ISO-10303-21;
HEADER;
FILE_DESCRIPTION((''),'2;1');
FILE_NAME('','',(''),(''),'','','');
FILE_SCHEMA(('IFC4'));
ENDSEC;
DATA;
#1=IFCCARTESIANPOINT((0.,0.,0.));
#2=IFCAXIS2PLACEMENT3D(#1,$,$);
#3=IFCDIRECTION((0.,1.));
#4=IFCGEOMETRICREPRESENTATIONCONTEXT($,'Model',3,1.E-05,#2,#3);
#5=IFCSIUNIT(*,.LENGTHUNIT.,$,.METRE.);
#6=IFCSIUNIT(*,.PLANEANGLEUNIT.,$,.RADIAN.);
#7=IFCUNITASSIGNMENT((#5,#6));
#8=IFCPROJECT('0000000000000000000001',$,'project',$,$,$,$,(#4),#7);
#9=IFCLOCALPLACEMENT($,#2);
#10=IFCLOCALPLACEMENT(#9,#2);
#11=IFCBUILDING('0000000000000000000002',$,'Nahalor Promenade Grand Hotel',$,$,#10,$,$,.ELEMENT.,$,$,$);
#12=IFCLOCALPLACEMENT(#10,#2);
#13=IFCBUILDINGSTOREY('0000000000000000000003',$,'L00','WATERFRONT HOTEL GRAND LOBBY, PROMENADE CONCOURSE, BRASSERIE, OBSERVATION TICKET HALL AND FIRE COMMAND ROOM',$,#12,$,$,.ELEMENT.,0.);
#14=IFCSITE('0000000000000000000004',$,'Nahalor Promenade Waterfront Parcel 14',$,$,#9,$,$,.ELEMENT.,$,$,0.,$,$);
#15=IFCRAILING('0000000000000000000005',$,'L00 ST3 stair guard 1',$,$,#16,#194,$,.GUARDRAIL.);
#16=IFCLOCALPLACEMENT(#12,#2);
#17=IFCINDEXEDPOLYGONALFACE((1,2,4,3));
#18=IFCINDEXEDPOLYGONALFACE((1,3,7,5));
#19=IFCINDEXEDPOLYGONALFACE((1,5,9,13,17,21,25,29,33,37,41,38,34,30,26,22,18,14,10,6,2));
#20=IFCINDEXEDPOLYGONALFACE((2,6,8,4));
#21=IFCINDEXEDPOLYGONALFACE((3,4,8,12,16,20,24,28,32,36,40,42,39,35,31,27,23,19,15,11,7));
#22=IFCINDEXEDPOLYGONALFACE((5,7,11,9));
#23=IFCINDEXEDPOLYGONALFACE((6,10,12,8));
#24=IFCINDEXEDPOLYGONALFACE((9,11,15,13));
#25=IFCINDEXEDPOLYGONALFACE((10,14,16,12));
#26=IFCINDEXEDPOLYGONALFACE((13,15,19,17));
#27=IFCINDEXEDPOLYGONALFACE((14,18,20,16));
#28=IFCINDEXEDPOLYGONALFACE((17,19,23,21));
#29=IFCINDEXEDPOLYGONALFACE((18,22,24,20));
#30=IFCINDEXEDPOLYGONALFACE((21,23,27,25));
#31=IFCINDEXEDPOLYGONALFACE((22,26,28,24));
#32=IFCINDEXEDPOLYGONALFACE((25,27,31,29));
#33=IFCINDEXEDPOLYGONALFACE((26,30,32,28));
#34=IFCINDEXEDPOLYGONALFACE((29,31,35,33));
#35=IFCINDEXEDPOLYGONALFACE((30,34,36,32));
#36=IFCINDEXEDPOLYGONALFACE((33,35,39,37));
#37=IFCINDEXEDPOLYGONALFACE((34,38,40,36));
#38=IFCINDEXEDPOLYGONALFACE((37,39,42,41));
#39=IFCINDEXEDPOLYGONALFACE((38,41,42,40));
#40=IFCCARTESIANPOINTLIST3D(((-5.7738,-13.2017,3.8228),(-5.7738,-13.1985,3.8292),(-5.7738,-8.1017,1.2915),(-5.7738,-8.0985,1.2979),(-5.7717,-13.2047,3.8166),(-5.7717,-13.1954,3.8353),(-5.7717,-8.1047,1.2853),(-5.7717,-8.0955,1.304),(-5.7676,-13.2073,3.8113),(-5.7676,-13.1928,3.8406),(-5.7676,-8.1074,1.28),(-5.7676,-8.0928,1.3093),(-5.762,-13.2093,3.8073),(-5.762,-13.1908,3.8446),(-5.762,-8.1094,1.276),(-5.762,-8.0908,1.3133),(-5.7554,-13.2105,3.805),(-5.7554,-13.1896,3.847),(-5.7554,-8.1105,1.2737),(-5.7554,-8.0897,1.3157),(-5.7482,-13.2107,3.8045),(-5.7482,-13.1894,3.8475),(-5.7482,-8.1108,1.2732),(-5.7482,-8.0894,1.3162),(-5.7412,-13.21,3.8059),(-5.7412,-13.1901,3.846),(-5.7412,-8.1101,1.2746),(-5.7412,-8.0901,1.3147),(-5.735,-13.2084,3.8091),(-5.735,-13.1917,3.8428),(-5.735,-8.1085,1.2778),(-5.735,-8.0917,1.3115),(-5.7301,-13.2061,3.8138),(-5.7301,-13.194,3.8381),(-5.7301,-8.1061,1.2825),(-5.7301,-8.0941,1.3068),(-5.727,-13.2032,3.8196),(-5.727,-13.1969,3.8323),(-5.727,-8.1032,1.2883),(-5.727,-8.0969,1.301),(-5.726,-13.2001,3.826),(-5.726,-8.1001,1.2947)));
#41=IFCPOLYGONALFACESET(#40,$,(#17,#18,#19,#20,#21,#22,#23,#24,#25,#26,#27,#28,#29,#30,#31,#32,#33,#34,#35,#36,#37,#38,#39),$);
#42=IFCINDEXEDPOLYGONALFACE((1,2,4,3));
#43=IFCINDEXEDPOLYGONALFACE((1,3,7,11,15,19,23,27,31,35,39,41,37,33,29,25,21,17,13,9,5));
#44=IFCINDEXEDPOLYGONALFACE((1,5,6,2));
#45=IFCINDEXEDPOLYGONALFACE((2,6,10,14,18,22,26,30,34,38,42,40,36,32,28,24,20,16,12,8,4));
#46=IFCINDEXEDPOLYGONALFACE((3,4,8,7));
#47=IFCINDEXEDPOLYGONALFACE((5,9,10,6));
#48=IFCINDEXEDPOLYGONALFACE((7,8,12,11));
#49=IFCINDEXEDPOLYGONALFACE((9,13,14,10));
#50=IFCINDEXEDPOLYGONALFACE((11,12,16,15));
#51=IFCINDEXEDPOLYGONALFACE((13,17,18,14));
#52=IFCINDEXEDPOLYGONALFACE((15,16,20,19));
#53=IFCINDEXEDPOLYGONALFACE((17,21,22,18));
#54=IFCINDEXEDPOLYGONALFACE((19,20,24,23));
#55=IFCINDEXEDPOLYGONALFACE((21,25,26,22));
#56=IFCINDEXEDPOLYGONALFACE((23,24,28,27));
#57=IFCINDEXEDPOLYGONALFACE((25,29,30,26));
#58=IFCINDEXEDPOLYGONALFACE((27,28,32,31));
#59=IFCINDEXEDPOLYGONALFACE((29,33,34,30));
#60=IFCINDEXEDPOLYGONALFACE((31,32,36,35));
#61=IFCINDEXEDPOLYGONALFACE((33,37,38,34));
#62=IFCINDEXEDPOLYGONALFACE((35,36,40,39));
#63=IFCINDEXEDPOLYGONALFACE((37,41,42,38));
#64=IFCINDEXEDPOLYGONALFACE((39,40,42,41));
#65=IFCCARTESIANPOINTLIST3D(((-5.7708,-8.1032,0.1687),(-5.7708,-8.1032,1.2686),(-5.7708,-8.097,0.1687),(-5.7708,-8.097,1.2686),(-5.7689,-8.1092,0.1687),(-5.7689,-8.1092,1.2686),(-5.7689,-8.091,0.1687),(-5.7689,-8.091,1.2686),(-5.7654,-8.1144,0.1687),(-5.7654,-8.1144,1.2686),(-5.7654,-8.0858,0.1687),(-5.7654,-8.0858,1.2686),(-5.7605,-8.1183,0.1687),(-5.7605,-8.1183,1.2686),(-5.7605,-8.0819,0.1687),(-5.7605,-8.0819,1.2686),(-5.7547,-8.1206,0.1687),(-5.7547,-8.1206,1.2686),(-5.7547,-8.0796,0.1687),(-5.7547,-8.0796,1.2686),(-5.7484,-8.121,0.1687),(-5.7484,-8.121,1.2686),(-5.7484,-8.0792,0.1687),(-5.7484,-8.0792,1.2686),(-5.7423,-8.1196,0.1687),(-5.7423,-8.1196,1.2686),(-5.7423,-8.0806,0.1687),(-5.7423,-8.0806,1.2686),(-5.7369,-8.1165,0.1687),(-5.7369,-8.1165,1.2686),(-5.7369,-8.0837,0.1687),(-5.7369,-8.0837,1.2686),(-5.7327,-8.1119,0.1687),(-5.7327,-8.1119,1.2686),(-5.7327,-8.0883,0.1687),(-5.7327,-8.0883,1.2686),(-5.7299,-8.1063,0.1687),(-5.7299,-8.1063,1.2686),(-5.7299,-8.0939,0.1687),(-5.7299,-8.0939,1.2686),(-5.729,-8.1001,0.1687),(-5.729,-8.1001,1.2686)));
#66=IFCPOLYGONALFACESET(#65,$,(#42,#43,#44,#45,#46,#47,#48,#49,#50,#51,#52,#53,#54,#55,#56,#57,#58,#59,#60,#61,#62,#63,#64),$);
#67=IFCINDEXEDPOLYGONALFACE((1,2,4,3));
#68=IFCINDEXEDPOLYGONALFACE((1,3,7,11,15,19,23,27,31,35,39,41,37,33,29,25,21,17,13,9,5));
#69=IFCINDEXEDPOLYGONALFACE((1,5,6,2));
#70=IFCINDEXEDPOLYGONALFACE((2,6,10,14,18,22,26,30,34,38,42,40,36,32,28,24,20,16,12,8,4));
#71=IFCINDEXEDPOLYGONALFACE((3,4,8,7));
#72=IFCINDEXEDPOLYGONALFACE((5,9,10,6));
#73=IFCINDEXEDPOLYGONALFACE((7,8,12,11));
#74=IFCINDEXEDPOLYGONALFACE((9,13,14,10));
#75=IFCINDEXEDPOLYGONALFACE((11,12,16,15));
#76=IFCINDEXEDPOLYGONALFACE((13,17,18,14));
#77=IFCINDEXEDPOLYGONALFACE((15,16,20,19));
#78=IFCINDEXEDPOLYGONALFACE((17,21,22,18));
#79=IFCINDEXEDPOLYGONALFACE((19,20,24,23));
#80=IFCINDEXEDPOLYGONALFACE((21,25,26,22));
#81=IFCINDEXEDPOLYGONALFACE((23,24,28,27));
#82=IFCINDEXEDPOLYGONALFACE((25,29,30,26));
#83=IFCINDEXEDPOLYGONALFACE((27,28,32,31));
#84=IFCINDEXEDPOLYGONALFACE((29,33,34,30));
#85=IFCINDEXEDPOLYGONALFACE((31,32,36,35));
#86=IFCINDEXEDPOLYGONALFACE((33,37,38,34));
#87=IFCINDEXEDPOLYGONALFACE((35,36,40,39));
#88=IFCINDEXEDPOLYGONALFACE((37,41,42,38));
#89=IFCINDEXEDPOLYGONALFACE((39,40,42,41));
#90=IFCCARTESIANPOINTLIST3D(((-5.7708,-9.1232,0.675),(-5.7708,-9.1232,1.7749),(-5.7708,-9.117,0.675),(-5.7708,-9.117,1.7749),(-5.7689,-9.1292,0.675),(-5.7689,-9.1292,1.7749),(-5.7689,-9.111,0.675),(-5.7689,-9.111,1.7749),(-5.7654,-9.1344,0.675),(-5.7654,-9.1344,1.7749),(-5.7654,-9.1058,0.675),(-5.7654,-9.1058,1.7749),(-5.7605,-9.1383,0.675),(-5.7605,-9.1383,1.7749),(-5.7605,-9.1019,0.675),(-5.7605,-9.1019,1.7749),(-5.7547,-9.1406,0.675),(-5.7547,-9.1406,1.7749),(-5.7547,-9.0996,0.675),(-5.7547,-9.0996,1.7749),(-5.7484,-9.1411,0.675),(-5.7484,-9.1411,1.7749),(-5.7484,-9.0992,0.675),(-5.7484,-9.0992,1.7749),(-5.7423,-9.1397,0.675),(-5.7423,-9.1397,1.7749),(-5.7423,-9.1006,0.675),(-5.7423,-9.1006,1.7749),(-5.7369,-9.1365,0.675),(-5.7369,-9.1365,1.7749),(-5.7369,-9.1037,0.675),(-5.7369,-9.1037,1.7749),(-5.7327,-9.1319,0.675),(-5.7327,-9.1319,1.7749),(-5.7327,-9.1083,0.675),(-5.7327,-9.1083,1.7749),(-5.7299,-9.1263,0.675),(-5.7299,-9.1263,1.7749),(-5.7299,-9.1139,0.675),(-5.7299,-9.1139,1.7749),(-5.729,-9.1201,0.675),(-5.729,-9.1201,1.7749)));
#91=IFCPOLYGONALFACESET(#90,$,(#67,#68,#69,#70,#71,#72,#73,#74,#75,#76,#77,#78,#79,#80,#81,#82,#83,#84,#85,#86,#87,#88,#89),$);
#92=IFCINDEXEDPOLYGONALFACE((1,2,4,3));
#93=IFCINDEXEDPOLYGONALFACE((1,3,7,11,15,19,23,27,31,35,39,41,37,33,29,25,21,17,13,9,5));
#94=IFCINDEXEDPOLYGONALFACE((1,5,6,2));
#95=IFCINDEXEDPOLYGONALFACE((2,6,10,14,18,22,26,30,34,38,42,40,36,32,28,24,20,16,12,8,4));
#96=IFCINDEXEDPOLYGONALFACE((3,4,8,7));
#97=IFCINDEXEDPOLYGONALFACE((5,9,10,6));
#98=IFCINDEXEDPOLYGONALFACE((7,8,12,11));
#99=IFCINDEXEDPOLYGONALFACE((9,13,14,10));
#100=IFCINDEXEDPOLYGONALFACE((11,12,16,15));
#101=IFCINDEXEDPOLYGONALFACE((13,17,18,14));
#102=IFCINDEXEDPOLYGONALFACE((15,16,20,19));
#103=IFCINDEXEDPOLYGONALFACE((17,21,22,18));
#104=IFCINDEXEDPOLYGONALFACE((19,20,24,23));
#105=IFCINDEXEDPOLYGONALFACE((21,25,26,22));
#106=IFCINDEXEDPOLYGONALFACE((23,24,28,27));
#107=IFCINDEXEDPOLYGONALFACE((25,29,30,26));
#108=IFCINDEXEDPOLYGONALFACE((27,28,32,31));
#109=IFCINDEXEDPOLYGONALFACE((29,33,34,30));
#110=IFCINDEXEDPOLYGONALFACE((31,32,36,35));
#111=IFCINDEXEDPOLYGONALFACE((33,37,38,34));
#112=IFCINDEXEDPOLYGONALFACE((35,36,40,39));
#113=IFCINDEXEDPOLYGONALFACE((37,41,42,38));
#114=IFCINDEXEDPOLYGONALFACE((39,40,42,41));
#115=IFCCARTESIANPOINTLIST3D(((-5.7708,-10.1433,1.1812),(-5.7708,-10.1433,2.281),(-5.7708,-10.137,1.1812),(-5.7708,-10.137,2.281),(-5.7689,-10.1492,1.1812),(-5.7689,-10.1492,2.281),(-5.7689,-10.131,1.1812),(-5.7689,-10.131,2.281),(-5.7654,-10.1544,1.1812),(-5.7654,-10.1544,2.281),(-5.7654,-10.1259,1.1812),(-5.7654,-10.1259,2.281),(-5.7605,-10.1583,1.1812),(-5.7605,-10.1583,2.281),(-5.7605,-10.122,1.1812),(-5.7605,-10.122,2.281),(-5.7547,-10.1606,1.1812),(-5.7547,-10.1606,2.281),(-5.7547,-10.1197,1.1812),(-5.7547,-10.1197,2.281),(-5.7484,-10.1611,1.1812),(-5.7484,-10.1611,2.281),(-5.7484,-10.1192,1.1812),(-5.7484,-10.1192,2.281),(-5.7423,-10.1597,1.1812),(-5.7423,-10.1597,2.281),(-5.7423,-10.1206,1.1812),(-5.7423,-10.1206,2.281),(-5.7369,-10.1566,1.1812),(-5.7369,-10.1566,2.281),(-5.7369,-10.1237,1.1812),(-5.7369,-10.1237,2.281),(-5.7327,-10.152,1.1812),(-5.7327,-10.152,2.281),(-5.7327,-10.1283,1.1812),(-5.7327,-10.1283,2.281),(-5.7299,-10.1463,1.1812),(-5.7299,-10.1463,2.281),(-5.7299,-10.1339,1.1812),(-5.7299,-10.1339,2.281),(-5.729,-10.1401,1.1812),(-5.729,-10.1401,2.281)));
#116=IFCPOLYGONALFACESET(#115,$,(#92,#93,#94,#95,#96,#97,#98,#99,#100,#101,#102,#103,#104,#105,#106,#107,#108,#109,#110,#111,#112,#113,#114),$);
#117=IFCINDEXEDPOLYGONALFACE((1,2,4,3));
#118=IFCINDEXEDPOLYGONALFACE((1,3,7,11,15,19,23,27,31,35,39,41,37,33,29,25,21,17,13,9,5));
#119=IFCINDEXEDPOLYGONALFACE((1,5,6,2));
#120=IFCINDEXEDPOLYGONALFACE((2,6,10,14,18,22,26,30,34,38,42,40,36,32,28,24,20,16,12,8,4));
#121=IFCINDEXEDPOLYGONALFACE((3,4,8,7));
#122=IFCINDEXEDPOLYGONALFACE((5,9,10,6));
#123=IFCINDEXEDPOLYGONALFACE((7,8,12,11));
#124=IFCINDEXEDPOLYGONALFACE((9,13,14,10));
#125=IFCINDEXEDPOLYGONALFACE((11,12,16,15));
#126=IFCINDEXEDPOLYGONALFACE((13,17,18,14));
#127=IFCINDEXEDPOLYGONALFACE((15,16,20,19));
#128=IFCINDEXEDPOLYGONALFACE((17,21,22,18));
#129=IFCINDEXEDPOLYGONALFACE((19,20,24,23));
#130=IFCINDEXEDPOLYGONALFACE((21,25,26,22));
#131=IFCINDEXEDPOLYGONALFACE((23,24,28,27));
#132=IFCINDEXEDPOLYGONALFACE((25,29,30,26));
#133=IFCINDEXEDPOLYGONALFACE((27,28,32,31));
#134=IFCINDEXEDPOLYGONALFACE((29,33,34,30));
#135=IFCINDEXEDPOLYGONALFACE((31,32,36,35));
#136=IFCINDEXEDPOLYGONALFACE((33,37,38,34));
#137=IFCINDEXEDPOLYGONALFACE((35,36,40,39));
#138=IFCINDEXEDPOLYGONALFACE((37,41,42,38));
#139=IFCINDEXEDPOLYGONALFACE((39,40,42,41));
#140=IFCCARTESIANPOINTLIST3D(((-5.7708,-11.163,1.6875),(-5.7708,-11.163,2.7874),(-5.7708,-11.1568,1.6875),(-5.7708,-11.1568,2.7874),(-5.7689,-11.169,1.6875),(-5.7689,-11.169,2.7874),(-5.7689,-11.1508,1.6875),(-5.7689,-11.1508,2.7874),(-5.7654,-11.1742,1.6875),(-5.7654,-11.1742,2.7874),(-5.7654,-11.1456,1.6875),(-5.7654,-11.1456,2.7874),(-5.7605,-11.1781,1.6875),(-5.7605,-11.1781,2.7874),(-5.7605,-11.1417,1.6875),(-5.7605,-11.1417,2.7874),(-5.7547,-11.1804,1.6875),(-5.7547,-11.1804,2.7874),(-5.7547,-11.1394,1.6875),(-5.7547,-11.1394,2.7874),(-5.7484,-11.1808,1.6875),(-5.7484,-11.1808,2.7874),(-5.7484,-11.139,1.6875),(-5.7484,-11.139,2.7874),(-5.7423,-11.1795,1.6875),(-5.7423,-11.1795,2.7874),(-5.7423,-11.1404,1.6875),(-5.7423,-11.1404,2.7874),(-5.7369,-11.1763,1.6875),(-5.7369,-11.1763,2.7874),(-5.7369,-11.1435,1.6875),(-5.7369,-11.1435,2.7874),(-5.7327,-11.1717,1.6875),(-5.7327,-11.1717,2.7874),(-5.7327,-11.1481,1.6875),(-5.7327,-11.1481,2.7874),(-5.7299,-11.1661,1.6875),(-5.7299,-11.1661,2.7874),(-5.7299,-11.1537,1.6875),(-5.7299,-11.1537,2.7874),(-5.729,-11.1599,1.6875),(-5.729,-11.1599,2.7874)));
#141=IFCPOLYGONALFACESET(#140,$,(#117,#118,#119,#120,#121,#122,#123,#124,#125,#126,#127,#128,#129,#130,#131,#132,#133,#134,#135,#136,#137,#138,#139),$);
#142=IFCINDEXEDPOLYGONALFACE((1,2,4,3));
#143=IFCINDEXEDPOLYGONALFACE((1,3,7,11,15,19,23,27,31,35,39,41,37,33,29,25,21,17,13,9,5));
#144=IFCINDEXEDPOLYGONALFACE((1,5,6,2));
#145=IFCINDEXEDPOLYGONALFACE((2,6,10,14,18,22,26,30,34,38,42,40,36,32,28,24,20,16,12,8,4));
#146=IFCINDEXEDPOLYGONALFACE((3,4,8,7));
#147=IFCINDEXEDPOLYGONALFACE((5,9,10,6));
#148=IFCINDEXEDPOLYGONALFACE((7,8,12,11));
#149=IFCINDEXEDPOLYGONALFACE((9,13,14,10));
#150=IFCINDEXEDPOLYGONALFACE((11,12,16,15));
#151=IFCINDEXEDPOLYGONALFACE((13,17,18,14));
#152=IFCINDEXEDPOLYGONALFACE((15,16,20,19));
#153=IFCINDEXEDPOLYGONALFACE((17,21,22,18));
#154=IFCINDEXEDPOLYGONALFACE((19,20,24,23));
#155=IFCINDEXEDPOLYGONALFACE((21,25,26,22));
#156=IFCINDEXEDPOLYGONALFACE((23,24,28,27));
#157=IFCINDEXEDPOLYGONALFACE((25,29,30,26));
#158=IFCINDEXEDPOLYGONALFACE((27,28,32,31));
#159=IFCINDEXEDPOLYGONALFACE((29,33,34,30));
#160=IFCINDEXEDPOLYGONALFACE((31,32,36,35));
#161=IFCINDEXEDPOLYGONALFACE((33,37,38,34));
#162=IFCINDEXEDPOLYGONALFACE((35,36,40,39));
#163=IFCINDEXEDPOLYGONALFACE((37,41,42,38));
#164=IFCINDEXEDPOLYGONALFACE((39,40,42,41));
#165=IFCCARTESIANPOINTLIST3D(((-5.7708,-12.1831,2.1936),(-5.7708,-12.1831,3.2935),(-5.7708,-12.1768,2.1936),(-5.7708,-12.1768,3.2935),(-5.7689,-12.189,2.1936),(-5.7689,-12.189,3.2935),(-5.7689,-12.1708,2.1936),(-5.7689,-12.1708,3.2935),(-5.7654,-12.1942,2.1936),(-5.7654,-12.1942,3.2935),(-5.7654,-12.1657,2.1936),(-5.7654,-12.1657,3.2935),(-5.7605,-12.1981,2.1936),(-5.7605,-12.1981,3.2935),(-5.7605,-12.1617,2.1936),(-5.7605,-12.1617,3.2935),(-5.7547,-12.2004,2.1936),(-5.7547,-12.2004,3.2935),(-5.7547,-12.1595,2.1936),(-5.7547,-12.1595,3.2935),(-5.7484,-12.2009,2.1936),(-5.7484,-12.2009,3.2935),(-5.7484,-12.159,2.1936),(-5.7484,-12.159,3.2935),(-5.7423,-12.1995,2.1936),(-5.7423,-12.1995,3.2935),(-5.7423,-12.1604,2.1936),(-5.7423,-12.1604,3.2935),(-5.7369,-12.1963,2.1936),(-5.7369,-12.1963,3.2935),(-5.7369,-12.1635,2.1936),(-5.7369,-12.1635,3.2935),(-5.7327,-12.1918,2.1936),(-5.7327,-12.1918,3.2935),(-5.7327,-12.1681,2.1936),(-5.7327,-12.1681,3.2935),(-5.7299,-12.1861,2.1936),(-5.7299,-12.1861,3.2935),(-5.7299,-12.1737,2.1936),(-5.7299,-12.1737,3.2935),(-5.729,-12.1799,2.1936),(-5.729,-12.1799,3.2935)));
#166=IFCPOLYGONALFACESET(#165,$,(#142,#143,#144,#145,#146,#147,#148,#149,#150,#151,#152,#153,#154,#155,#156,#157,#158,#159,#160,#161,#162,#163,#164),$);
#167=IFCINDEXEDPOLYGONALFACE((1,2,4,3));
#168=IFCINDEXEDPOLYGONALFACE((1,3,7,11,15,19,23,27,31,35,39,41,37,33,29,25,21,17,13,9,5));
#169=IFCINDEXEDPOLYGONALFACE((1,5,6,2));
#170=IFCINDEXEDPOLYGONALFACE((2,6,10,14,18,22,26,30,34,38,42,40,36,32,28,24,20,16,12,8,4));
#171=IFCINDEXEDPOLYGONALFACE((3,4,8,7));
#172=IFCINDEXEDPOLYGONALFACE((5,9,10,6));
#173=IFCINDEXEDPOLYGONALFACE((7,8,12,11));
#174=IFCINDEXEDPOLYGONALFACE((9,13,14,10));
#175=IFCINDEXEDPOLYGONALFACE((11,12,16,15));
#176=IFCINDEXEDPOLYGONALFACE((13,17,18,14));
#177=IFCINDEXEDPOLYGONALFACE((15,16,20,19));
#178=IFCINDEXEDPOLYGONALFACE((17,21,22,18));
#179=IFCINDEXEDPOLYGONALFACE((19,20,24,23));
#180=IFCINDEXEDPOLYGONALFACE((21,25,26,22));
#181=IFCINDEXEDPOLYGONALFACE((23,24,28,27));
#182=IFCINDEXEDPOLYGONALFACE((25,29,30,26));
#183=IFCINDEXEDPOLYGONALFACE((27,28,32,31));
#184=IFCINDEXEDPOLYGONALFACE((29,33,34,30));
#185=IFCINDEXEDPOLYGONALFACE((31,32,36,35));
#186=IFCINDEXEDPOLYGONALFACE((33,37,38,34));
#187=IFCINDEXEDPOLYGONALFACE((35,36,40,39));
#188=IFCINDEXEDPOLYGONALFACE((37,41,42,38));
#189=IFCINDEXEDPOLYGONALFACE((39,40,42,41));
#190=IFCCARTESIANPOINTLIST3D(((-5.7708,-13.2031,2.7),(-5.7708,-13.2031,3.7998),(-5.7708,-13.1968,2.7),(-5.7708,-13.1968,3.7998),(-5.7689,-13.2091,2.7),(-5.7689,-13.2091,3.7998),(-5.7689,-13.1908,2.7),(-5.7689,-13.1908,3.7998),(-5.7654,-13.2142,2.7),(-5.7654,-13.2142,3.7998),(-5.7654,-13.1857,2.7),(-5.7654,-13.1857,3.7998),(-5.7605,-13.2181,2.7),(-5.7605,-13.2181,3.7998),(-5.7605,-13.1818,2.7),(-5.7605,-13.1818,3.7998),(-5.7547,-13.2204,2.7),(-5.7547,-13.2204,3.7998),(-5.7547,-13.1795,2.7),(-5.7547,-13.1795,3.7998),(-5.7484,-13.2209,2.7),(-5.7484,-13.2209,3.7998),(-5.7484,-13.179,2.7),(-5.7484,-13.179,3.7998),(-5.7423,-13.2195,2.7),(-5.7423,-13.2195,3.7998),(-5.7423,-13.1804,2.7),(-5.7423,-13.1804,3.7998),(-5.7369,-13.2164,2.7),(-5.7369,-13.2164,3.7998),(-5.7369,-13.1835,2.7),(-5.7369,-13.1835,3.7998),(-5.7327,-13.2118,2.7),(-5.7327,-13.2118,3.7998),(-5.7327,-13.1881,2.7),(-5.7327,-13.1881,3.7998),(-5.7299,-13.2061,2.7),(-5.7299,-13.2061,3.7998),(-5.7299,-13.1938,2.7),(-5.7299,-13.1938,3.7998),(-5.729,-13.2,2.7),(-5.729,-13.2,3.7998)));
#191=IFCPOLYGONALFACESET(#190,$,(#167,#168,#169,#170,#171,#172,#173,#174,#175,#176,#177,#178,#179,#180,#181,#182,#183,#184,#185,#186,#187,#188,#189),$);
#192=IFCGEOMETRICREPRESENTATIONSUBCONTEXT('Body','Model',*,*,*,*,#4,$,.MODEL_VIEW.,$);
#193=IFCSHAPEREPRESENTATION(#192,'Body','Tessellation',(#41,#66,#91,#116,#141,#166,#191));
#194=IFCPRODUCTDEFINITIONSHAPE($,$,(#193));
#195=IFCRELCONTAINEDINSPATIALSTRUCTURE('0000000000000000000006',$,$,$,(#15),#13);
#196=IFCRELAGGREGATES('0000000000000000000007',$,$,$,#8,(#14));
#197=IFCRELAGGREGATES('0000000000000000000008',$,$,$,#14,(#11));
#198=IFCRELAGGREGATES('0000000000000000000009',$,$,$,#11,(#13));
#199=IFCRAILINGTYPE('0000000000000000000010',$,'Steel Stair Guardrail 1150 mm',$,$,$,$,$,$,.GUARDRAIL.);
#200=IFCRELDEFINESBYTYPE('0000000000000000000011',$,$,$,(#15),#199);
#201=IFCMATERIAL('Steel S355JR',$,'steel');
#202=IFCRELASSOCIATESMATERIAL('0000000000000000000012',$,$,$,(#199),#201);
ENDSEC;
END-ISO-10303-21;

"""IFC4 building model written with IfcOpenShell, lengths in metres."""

from ifc_helpers import new_model, si_unit, direction, frame, origin, origin_2d, place, context, subcontext, project, spatial, circle, extrude, material, type_object, element, save


model = new_model("IFC4")

# Units and contexts
model_context = context("Model", 3, precision=1e-05, world=origin(), true_north=direction((0.0, 1.0)))
body_context = subcontext(model_context, "Body", "Model", "MODEL_VIEW")
ifc_project = project(units=[si_unit("LENGTHUNIT", "METRE"), si_unit("PLANEANGLEUNIT", "RADIAN")], contexts=[model_context])

# Site, building, storey
site_placement = place(None, origin())
site = spatial("IfcSite", under=ifc_project, at=site_placement, Name="Nahalor Promenade Waterfront Parcel 14", CompositionType="ELEMENT", RefElevation=0.0)
building_placement = place(site_placement, origin())
building = spatial("IfcBuilding", under=site, at=building_placement, Name="Nahalor Promenade Grand Hotel", CompositionType="ELEMENT")
storey_placement = place(building_placement, origin())
storey = spatial("IfcBuildingStorey", under=building, at=storey_placement, Name="L00", Description="WATERFRONT HOTEL GRAND LOBBY, PROMENADE CONCOURSE, BRASSERIE, OBSERVATION TICKET HALL AND FIRE COMMAND ROOM", CompositionType="ELEMENT", Elevation=0.0)

# Shared definitions
ifc_material_1 = material(Name="Steel S355JR", Category="steel")

# Railing
railing_type_1 = type_object("IfcRailingType", Name="Steel Stair Guardrail 1150 mm", PredefinedType="GUARDRAIL", material=ifc_material_1)
railing_1_placement = place(storey_placement, frame((-5.75, -8.1001, 0.1687)))
element("IfcRailing", 1, at=railing_1_placement, inside=storey, type_object=railing_type_1, Name="L00 ST3 stair guard 1", PredefinedType="GUARDRAIL", context=body_context, shape_type="SweptSolid", body=[
    extrude(circle(Radius=0.024, at=origin_2d()), frame((0.0, 0.0, 1.126), z_axis=(0.0, -0.895735, 0.444587), x_axis=(1.0, 0.0, 0.0)), (0.0, 0.0, 1.0), 5.6936),
    extrude(circle(Radius=0.021, at=origin_2d()), origin(), (0.0, 0.0, 1.0), 1.0999),
    extrude(circle(Radius=0.021, at=origin_2d()), frame((0.0, -1.02, 0.5063)), (0.0, 0.0, 1.0), 1.0999),
    extrude(circle(Radius=0.021, at=origin_2d()), frame((0.0, -2.04, 1.0125)), (0.0, 0.0, 1.0), 1.0999),
    extrude(circle(Radius=0.021, at=origin_2d()), frame((0.0, -3.0598, 1.5188)), (0.0, 0.0, 1.0), 1.0999),
    extrude(circle(Radius=0.021, at=origin_2d()), frame((0.0, -4.0798, 2.0249)), (0.0, 0.0, 1.0), 1.0999),
    extrude(circle(Radius=0.021, at=origin_2d()), frame((0.0, -5.0999, 2.5312)), (0.0, 0.0, 1.0), 1.0999),
])

save(model, "model.ifc")
